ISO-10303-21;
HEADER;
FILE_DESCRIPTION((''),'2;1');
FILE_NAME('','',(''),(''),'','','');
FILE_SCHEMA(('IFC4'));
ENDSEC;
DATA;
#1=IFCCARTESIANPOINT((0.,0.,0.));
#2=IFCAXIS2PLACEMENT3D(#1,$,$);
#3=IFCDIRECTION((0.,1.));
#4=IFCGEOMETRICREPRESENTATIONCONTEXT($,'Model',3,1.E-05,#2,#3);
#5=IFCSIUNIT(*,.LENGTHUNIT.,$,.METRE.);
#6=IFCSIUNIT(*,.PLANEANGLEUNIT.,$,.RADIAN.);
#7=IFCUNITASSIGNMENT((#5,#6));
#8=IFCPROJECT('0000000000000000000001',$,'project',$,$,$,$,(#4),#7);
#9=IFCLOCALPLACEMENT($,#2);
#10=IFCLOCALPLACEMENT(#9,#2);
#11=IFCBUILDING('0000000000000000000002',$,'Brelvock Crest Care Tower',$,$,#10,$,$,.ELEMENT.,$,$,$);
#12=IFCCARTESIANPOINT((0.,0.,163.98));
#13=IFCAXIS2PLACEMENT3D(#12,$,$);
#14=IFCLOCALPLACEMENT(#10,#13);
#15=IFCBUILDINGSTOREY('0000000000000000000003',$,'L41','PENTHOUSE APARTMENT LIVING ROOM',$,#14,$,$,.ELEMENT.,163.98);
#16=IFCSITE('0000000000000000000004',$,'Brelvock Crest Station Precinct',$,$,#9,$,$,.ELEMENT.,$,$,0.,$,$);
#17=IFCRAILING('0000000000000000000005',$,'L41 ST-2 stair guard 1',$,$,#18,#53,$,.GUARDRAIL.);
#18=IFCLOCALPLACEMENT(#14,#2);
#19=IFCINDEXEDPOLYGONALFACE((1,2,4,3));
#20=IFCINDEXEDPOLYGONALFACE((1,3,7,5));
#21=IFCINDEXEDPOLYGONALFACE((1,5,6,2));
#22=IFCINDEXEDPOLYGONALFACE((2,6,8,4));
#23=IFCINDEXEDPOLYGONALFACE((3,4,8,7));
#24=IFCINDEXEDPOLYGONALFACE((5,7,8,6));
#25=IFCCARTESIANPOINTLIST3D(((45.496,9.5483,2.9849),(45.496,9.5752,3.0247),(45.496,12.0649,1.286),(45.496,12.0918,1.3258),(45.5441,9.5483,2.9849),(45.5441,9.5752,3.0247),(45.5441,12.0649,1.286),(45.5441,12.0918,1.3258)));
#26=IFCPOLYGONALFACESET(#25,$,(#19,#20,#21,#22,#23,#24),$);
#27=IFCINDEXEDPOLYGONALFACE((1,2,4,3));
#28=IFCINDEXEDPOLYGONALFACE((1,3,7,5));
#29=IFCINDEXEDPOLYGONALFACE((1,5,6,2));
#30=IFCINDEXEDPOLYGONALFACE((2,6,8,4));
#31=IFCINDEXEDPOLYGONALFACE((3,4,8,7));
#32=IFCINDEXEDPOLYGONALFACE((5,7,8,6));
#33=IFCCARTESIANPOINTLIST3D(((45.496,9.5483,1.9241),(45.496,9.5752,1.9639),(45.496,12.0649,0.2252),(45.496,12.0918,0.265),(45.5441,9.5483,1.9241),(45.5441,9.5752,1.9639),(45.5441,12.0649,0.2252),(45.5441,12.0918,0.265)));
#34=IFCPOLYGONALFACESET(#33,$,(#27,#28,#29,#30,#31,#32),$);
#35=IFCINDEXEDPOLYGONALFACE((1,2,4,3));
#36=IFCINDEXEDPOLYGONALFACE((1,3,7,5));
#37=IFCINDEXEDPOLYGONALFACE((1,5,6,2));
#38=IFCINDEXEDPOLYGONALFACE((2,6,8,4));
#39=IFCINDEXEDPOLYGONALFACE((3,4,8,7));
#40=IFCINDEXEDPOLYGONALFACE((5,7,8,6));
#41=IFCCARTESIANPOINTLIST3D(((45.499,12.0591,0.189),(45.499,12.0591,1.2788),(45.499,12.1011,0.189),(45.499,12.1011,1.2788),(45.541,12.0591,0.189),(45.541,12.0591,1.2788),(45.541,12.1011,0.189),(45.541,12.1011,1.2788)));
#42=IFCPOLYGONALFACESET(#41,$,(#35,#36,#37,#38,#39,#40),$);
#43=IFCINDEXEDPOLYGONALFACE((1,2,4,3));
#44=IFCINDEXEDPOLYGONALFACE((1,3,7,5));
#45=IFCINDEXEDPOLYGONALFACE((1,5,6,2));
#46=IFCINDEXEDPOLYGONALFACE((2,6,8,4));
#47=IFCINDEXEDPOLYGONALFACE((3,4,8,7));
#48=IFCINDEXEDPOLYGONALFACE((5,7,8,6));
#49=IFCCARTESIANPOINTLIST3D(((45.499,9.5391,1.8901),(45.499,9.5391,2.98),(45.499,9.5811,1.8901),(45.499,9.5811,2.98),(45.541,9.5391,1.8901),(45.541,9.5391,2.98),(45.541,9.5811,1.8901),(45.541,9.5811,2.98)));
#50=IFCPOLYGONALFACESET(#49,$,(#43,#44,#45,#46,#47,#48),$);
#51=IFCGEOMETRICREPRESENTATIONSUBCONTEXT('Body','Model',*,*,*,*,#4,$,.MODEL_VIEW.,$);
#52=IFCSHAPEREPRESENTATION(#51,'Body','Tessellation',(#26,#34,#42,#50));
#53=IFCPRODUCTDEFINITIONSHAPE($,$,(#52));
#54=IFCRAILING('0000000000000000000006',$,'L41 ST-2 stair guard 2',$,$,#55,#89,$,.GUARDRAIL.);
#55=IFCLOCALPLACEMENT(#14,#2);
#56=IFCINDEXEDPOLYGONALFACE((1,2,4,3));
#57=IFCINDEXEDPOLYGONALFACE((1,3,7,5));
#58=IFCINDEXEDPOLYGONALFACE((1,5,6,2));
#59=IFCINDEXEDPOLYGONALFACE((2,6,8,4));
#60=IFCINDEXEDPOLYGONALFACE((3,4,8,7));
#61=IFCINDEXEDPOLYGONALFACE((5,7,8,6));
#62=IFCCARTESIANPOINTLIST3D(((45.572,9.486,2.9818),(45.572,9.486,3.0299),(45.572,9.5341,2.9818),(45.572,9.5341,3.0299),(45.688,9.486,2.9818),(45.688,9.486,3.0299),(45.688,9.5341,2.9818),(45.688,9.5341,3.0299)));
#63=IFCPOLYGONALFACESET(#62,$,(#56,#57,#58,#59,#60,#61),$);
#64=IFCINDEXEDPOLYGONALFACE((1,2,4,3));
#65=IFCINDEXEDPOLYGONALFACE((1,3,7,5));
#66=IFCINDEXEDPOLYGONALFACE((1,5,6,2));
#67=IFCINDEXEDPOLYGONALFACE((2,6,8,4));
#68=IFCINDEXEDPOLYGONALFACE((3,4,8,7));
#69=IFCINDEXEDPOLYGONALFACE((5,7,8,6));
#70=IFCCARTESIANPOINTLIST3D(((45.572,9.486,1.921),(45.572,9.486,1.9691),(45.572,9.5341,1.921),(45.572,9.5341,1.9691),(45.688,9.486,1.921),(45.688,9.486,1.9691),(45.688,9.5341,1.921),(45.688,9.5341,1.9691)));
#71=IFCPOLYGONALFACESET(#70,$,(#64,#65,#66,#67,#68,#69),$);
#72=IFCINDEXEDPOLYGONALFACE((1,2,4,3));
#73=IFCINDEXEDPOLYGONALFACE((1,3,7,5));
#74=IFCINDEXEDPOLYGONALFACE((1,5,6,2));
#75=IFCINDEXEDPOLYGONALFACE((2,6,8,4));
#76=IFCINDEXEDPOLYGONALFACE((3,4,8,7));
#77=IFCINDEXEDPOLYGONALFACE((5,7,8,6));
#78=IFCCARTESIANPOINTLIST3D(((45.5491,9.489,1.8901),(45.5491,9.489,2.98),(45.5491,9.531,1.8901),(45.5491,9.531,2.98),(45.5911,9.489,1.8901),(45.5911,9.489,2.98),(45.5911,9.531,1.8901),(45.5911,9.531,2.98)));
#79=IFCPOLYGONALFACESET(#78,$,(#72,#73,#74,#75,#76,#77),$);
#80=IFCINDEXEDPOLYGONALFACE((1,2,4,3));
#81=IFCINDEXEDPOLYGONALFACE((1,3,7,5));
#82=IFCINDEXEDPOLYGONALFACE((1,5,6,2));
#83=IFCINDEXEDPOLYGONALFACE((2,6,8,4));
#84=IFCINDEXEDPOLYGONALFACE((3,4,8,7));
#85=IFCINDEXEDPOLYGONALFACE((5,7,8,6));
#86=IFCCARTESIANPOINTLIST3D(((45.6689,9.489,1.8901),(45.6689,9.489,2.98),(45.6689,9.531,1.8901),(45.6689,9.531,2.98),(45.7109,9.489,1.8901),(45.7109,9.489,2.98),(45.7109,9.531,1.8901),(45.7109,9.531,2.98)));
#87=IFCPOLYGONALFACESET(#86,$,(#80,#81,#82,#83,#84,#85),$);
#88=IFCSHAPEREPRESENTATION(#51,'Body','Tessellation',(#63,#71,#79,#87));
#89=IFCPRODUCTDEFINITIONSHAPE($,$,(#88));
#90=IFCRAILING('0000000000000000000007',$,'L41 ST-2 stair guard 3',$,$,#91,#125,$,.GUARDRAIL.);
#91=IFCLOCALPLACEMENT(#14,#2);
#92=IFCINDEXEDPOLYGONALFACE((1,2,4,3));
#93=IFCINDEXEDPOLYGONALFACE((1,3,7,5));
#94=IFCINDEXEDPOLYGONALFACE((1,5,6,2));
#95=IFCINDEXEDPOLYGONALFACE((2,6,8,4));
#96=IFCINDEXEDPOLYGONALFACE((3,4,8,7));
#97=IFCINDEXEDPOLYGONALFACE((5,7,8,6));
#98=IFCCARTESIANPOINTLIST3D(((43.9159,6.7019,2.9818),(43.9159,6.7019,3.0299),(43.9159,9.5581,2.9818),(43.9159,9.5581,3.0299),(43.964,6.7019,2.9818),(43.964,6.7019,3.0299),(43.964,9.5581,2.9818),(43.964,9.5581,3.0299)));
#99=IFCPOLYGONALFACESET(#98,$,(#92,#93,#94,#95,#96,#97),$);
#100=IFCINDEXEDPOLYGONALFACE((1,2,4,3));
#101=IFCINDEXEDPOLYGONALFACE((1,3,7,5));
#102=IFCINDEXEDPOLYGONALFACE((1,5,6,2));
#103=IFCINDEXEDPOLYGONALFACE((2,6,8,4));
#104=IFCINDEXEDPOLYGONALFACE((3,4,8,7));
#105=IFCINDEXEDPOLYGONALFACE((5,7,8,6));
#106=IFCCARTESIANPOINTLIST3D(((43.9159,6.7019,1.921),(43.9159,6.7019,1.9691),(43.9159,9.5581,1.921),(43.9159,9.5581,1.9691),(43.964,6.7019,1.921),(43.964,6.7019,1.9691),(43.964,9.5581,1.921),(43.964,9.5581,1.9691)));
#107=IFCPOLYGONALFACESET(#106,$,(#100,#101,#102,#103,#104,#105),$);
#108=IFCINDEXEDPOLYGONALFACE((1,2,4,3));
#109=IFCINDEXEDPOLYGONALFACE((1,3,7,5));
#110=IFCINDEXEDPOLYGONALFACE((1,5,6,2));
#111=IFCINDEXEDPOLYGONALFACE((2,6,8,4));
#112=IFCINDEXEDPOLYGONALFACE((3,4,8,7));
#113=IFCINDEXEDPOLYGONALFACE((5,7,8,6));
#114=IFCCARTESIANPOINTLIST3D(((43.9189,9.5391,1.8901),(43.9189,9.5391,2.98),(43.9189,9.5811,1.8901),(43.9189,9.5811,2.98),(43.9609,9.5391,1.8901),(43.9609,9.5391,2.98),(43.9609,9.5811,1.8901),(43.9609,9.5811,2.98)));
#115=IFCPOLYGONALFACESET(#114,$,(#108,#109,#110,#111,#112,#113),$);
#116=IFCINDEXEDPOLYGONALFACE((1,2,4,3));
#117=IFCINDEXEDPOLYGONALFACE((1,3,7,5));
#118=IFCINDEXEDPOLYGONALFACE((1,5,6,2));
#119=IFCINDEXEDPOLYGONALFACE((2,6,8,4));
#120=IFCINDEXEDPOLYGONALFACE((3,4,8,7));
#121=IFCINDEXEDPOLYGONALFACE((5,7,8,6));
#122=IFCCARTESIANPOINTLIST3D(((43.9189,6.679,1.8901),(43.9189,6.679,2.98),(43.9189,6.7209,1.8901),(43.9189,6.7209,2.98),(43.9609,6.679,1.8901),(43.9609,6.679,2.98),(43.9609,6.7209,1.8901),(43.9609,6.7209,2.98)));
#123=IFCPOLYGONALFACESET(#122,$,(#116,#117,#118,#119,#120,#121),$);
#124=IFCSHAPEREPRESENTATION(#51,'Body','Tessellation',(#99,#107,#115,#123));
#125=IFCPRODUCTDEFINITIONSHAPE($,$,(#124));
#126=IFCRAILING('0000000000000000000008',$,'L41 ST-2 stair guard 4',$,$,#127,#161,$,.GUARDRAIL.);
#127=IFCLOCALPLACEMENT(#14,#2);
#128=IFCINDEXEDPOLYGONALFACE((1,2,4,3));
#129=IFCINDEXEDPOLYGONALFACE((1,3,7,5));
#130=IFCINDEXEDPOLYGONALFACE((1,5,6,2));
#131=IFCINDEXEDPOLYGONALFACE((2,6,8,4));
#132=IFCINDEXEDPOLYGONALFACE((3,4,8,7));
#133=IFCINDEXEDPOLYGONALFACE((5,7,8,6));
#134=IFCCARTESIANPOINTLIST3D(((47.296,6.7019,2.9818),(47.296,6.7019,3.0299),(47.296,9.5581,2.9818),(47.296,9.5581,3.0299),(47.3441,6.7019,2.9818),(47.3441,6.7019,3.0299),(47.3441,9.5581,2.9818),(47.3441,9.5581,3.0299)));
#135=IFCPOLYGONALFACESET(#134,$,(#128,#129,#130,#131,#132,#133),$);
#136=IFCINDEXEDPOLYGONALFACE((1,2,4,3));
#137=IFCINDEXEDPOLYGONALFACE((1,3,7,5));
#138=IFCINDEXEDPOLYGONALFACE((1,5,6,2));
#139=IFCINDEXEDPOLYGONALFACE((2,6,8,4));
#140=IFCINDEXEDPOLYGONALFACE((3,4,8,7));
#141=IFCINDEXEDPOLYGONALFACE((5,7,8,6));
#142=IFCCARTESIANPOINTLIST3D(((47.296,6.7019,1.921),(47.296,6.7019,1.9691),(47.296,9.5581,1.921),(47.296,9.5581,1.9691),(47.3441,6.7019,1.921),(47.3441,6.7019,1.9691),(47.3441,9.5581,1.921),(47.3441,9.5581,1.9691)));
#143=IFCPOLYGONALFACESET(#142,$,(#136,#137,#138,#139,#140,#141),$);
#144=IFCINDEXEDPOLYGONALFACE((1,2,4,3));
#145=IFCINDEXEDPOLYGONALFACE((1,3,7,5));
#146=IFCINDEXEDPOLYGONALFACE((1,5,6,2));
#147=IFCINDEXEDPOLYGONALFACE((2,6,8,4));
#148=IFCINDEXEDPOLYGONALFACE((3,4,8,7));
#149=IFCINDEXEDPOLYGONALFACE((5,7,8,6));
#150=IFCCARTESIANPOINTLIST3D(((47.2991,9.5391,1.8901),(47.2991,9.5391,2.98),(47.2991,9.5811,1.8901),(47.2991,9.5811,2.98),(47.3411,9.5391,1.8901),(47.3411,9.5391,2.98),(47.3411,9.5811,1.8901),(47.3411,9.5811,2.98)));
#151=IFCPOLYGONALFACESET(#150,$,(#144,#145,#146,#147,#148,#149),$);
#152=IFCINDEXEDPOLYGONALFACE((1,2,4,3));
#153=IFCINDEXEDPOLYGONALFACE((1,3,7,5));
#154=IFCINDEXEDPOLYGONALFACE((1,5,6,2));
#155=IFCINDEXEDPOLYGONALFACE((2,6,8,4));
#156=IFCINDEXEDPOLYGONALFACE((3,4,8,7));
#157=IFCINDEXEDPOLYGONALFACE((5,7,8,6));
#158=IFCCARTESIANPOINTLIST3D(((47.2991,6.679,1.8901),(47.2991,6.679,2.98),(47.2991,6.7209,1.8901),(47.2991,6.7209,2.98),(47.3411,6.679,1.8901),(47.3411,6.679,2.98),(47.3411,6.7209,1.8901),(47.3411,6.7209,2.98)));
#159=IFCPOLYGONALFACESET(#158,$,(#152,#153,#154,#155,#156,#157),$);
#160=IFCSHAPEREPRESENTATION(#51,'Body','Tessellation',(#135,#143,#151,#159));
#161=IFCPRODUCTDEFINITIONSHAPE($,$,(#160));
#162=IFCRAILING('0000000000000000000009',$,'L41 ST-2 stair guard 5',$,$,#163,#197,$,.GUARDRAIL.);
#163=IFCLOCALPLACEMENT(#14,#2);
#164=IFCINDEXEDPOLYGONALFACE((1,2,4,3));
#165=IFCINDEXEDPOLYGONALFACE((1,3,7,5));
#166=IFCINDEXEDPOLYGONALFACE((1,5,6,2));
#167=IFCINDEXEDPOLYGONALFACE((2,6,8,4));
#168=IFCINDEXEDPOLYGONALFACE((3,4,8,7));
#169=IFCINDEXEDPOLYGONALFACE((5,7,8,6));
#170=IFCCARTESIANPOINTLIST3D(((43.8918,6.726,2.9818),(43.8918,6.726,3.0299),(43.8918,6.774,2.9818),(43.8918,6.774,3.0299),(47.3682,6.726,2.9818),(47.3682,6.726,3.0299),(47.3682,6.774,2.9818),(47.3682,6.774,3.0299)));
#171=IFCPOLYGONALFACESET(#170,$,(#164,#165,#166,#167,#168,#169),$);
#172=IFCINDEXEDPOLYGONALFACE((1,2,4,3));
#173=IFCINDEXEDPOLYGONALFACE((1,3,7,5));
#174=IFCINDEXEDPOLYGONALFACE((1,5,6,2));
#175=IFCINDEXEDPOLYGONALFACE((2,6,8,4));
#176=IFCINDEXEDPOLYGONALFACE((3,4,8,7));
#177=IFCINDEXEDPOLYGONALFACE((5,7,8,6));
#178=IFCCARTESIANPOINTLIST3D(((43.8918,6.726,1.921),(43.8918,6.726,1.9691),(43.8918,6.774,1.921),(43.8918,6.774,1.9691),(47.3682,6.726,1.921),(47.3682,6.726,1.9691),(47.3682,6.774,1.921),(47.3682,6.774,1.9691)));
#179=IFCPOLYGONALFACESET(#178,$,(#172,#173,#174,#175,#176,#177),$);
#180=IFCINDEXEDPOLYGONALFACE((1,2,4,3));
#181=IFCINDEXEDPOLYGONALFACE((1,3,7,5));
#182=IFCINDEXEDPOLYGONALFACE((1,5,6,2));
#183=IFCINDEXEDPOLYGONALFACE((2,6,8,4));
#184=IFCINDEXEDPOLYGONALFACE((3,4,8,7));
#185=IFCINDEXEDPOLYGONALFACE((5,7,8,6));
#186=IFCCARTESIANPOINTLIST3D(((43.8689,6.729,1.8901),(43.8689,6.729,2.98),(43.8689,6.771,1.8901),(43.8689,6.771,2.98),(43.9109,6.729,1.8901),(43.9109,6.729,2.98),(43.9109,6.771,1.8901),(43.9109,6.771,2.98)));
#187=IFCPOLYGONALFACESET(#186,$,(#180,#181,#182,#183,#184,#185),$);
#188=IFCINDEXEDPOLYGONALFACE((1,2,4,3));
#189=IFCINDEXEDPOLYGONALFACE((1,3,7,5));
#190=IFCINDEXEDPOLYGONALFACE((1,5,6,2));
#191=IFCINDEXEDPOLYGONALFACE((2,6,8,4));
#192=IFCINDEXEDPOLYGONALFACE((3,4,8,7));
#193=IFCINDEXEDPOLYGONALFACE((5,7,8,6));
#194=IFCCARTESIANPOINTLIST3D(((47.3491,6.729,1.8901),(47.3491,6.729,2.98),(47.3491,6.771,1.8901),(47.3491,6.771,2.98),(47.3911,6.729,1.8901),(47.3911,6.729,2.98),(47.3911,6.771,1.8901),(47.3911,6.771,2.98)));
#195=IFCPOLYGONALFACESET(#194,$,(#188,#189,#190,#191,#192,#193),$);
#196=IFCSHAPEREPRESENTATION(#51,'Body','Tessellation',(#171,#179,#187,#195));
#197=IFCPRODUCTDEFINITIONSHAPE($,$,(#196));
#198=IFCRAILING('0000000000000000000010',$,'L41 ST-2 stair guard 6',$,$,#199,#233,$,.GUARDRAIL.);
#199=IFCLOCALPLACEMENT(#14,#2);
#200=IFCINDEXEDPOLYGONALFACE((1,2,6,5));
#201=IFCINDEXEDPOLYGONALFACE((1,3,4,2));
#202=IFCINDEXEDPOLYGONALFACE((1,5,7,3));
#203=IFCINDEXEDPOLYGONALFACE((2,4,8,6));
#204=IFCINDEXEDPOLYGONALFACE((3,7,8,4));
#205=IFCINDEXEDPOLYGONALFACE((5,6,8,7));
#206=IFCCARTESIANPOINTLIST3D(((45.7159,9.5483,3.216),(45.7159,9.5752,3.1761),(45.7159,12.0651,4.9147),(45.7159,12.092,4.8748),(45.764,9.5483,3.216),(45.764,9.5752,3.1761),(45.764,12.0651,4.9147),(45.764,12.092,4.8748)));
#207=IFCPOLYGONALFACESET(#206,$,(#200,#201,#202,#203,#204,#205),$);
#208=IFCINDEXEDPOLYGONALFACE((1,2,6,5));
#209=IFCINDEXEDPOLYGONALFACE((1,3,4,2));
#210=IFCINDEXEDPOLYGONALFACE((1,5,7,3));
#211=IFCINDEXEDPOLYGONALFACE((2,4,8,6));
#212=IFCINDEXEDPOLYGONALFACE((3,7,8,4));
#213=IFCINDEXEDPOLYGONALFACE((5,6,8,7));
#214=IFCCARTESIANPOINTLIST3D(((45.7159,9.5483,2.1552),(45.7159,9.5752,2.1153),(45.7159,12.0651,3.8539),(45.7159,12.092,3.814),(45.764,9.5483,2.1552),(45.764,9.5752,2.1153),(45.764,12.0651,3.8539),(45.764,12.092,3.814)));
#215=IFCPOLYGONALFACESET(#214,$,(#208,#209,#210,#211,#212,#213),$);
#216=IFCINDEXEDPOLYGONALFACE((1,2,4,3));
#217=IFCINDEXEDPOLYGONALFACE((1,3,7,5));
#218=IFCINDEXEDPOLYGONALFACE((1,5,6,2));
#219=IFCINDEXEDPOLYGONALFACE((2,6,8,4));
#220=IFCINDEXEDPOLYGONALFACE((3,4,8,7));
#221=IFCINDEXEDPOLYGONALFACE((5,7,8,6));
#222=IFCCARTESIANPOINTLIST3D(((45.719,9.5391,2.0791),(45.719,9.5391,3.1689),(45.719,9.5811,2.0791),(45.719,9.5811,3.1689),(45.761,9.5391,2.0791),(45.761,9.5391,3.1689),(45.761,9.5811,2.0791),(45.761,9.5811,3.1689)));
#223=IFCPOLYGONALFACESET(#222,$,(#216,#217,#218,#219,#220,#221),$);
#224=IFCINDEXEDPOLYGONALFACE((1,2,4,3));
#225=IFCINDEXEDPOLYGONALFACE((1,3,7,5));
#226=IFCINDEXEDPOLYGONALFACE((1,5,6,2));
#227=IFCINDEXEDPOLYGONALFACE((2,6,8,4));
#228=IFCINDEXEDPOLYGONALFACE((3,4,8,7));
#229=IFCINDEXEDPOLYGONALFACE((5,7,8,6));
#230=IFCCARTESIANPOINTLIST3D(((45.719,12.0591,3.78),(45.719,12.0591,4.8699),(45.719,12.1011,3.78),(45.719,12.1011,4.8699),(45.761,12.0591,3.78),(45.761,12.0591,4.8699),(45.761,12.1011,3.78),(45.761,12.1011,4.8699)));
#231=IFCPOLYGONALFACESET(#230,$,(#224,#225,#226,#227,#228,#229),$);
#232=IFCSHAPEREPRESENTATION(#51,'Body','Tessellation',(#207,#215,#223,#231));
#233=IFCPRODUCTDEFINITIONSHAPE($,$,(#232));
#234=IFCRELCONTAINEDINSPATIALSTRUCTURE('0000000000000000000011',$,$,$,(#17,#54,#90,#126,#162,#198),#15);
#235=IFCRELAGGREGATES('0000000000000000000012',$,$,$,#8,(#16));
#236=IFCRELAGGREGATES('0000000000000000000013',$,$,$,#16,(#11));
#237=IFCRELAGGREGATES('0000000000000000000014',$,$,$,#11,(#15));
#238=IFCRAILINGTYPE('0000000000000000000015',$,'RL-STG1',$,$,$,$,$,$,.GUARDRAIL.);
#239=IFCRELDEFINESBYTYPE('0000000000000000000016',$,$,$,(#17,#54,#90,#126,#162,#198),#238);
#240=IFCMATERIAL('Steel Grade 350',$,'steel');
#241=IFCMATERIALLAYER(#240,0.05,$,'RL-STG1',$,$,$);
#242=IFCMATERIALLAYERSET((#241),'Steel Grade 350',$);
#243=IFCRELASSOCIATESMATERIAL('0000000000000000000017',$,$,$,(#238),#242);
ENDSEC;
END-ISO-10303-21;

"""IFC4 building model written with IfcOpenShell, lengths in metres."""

from ifc_helpers import new_model, si_unit, direction, frame, origin, origin_2d, place, context, subcontext, project, spatial, rectangle, extrude, material, layer, layer_set, type_object, element, save


model = new_model("IFC4")

# Units and contexts
model_context = context("Model", 3, precision=1e-05, world=origin(), true_north=direction((0.0, 1.0)))
body_context = subcontext(model_context, "Body", "Model", "MODEL_VIEW")
ifc_project = project(units=[si_unit("LENGTHUNIT", "METRE"), si_unit("PLANEANGLEUNIT", "RADIAN")], contexts=[model_context])

# Site, building, storey
site_placement = place(None, origin())
site = spatial("IfcSite", under=ifc_project, at=site_placement, Name="Brelvock Crest Station Precinct", CompositionType="ELEMENT", RefElevation=0.0)
building_placement = place(site_placement, origin())
building = spatial("IfcBuilding", under=site, at=building_placement, Name="Brelvock Crest Care Tower", CompositionType="ELEMENT")
storey_placement = place(building_placement, frame((0.0, 0.0, 163.98)))
storey = spatial("IfcBuildingStorey", under=building, at=storey_placement, Name="L41", Description="PENTHOUSE APARTMENT LIVING ROOM", CompositionType="ELEMENT", Elevation=163.98)

# Shared definitions
ifc_material_1 = material(Name="Steel Grade 350", Category="steel")

# Railings
ifc_layer_1 = layer(ifc_material_1, 0.05, Name="RL-STG1")
ifc_layer_set_1 = layer_set([ifc_layer_1], Name="Steel Grade 350")
railing_type_1 = type_object("IfcRailingType", Name="RL-STG1", PredefinedType="GUARDRAIL", material=ifc_layer_set_1)
railing_1_placement = place(storey_placement, frame((45.52, 12.0801, 0.189)))
element("IfcRailing", 1, at=railing_1_placement, inside=storey, type_object=railing_type_1, Name="L41 ST-2 stair guard 1", PredefinedType="GUARDRAIL", context=body_context, shape_type="SweptSolid", body=[
    extrude(rectangle(XDim=0.0481, YDim=0.0481, at=origin_2d()), frame((0.0, -0.0017, 1.1169), z_axis=(0.0, -0.828824, 0.559509), x_axis=(1.0, 0.0, 0.0)), (0.0, 0.0, 1.0), 3.0364),
    extrude(rectangle(XDim=0.0481, YDim=0.0481, at=origin_2d()), frame((0.0, -0.0017, 0.0562), z_axis=(0.0, -0.828824, 0.559509), x_axis=(1.0, 0.0, 0.0)), (0.0, 0.0, 1.0), 3.0364),
    extrude(rectangle(XDim=0.042, YDim=0.042, at=origin_2d()), origin(), (0.0, 0.0, 1.0), 1.0898),
    extrude(rectangle(XDim=0.042, YDim=0.042, at=origin_2d()), frame((0.0, -2.52, 1.7012)), (0.0, 0.0, 1.0), 1.0898),
])
railing_2_placement = place(storey_placement, frame((45.5701, 9.51, 1.8901)))
element("IfcRailing", 2, at=railing_2_placement, inside=storey, type_object=railing_type_1, Name="L41 ST-2 stair guard 2", PredefinedType="GUARDRAIL", context=body_context, shape_type="SweptSolid", body=[
    extrude(rectangle(XDim=0.0481, YDim=0.0481, at=origin_2d()), frame((0.002, 0.0, 1.1157), z_axis=(1.0, 0.0, 0.0), x_axis=(0.0, 1.0, 0.0)), (0.0, 0.0, 1.0), 0.116),
    extrude(rectangle(XDim=0.0481, YDim=0.0481, at=origin_2d()), frame((0.002, 0.0, 0.0549), z_axis=(1.0, 0.0, 0.0), x_axis=(0.0, 1.0, 0.0)), (0.0, 0.0, 1.0), 0.116),
    extrude(rectangle(XDim=0.042, YDim=0.042, at=origin_2d()), origin(), (0.0, 0.0, 1.0), 1.0898),
    extrude(rectangle(XDim=0.042, YDim=0.042, at=origin_2d()), frame((0.1199, 0.0, 0.0)), (0.0, 0.0, 1.0), 1.0898),
])
for number, where, name in (
    (3, (43.9399, 9.5601, 1.8901), "L41 ST-2 stair guard 3"),
    (4, (47.3201, 9.5601, 1.8901), "L41 ST-2 stair guard 4"),
):
    element("IfcRailing", number, at=place(storey_placement, frame(where)), inside=storey, type_object=railing_type_1, Name=name, PredefinedType="GUARDRAIL", context=body_context, shape_type="SweptSolid", body=[
        extrude(rectangle(XDim=0.0481, YDim=0.0481, at=origin_2d()), frame((0.0, -0.002, 1.1157), z_axis=(0.0, -1.0, 0.0), x_axis=(1.0, 0.0, 0.0)), (0.0, 0.0, 1.0), 2.8562),
        extrude(rectangle(XDim=0.0481, YDim=0.0481, at=origin_2d()), frame((0.0, -0.002, 0.0549), z_axis=(0.0, -1.0, 0.0), x_axis=(1.0, 0.0, 0.0)), (0.0, 0.0, 1.0), 2.8562),
        extrude(rectangle(XDim=0.042, YDim=0.042, at=origin_2d()), origin(), (0.0, 0.0, 1.0), 1.0898),
        extrude(rectangle(XDim=0.042, YDim=0.042, at=origin_2d()), frame((0.0, -2.8601, 0.0)), (0.0, 0.0, 1.0), 1.0898),
    ])
railing_3_placement = place(storey_placement, frame((43.8899, 6.75, 1.8901)))
element("IfcRailing", 5, at=railing_3_placement, inside=storey, type_object=railing_type_1, Name="L41 ST-2 stair guard 5", PredefinedType="GUARDRAIL", context=body_context, shape_type="SweptSolid", body=[
    extrude(rectangle(XDim=0.0481, YDim=0.0481, at=origin_2d()), frame((0.002, 0.0, 1.1157), z_axis=(1.0, 0.0, 0.0), x_axis=(0.0, 1.0, 0.0)), (0.0, 0.0, 1.0), 3.4763),
    extrude(rectangle(XDim=0.0481, YDim=0.0481, at=origin_2d()), frame((0.002, 0.0, 0.0549), z_axis=(1.0, 0.0, 0.0), x_axis=(0.0, 1.0, 0.0)), (0.0, 0.0, 1.0), 3.4763),
    extrude(rectangle(XDim=0.042, YDim=0.042, at=origin_2d()), origin(), (0.0, 0.0, 1.0), 1.0898),
    extrude(rectangle(XDim=0.042, YDim=0.042, at=origin_2d()), frame((3.4802, 0.0, 0.0)), (0.0, 0.0, 1.0), 1.0898),
])
railing_4_placement = place(storey_placement, frame((45.74, 9.5601, 2.0791)))
element("IfcRailing", 6, at=railing_4_placement, inside=storey, type_object=railing_type_1, Name="L41 ST-2 stair guard 6", PredefinedType="GUARDRAIL", context=body_context, shape_type="SweptSolid", body=[
    extrude(rectangle(XDim=0.0481, YDim=0.0481, at=origin_2d()), frame((0.0, 0.0017, 1.1169), z_axis=(0.0, 0.828862, 0.559454), x_axis=(-1.0, 0.0, 0.0)), (0.0, 0.0, 1.0), 3.0364),
    extrude(rectangle(XDim=0.0481, YDim=0.0481, at=origin_2d()), frame((0.0, 0.0017, 0.0562), z_axis=(0.0, 0.828862, 0.559454), x_axis=(-1.0, 0.0, 0.0)), (0.0, 0.0, 1.0), 3.0364),
    extrude(rectangle(XDim=0.042, YDim=0.042, at=origin_2d()), origin(), (0.0, 0.0, 1.0), 1.0898),
    extrude(rectangle(XDim=0.042, YDim=0.042, at=origin_2d()), frame((0.0, 2.52, 1.7009)), (0.0, 0.0, 1.0), 1.0898),
])

save(model, "model.ifc")
